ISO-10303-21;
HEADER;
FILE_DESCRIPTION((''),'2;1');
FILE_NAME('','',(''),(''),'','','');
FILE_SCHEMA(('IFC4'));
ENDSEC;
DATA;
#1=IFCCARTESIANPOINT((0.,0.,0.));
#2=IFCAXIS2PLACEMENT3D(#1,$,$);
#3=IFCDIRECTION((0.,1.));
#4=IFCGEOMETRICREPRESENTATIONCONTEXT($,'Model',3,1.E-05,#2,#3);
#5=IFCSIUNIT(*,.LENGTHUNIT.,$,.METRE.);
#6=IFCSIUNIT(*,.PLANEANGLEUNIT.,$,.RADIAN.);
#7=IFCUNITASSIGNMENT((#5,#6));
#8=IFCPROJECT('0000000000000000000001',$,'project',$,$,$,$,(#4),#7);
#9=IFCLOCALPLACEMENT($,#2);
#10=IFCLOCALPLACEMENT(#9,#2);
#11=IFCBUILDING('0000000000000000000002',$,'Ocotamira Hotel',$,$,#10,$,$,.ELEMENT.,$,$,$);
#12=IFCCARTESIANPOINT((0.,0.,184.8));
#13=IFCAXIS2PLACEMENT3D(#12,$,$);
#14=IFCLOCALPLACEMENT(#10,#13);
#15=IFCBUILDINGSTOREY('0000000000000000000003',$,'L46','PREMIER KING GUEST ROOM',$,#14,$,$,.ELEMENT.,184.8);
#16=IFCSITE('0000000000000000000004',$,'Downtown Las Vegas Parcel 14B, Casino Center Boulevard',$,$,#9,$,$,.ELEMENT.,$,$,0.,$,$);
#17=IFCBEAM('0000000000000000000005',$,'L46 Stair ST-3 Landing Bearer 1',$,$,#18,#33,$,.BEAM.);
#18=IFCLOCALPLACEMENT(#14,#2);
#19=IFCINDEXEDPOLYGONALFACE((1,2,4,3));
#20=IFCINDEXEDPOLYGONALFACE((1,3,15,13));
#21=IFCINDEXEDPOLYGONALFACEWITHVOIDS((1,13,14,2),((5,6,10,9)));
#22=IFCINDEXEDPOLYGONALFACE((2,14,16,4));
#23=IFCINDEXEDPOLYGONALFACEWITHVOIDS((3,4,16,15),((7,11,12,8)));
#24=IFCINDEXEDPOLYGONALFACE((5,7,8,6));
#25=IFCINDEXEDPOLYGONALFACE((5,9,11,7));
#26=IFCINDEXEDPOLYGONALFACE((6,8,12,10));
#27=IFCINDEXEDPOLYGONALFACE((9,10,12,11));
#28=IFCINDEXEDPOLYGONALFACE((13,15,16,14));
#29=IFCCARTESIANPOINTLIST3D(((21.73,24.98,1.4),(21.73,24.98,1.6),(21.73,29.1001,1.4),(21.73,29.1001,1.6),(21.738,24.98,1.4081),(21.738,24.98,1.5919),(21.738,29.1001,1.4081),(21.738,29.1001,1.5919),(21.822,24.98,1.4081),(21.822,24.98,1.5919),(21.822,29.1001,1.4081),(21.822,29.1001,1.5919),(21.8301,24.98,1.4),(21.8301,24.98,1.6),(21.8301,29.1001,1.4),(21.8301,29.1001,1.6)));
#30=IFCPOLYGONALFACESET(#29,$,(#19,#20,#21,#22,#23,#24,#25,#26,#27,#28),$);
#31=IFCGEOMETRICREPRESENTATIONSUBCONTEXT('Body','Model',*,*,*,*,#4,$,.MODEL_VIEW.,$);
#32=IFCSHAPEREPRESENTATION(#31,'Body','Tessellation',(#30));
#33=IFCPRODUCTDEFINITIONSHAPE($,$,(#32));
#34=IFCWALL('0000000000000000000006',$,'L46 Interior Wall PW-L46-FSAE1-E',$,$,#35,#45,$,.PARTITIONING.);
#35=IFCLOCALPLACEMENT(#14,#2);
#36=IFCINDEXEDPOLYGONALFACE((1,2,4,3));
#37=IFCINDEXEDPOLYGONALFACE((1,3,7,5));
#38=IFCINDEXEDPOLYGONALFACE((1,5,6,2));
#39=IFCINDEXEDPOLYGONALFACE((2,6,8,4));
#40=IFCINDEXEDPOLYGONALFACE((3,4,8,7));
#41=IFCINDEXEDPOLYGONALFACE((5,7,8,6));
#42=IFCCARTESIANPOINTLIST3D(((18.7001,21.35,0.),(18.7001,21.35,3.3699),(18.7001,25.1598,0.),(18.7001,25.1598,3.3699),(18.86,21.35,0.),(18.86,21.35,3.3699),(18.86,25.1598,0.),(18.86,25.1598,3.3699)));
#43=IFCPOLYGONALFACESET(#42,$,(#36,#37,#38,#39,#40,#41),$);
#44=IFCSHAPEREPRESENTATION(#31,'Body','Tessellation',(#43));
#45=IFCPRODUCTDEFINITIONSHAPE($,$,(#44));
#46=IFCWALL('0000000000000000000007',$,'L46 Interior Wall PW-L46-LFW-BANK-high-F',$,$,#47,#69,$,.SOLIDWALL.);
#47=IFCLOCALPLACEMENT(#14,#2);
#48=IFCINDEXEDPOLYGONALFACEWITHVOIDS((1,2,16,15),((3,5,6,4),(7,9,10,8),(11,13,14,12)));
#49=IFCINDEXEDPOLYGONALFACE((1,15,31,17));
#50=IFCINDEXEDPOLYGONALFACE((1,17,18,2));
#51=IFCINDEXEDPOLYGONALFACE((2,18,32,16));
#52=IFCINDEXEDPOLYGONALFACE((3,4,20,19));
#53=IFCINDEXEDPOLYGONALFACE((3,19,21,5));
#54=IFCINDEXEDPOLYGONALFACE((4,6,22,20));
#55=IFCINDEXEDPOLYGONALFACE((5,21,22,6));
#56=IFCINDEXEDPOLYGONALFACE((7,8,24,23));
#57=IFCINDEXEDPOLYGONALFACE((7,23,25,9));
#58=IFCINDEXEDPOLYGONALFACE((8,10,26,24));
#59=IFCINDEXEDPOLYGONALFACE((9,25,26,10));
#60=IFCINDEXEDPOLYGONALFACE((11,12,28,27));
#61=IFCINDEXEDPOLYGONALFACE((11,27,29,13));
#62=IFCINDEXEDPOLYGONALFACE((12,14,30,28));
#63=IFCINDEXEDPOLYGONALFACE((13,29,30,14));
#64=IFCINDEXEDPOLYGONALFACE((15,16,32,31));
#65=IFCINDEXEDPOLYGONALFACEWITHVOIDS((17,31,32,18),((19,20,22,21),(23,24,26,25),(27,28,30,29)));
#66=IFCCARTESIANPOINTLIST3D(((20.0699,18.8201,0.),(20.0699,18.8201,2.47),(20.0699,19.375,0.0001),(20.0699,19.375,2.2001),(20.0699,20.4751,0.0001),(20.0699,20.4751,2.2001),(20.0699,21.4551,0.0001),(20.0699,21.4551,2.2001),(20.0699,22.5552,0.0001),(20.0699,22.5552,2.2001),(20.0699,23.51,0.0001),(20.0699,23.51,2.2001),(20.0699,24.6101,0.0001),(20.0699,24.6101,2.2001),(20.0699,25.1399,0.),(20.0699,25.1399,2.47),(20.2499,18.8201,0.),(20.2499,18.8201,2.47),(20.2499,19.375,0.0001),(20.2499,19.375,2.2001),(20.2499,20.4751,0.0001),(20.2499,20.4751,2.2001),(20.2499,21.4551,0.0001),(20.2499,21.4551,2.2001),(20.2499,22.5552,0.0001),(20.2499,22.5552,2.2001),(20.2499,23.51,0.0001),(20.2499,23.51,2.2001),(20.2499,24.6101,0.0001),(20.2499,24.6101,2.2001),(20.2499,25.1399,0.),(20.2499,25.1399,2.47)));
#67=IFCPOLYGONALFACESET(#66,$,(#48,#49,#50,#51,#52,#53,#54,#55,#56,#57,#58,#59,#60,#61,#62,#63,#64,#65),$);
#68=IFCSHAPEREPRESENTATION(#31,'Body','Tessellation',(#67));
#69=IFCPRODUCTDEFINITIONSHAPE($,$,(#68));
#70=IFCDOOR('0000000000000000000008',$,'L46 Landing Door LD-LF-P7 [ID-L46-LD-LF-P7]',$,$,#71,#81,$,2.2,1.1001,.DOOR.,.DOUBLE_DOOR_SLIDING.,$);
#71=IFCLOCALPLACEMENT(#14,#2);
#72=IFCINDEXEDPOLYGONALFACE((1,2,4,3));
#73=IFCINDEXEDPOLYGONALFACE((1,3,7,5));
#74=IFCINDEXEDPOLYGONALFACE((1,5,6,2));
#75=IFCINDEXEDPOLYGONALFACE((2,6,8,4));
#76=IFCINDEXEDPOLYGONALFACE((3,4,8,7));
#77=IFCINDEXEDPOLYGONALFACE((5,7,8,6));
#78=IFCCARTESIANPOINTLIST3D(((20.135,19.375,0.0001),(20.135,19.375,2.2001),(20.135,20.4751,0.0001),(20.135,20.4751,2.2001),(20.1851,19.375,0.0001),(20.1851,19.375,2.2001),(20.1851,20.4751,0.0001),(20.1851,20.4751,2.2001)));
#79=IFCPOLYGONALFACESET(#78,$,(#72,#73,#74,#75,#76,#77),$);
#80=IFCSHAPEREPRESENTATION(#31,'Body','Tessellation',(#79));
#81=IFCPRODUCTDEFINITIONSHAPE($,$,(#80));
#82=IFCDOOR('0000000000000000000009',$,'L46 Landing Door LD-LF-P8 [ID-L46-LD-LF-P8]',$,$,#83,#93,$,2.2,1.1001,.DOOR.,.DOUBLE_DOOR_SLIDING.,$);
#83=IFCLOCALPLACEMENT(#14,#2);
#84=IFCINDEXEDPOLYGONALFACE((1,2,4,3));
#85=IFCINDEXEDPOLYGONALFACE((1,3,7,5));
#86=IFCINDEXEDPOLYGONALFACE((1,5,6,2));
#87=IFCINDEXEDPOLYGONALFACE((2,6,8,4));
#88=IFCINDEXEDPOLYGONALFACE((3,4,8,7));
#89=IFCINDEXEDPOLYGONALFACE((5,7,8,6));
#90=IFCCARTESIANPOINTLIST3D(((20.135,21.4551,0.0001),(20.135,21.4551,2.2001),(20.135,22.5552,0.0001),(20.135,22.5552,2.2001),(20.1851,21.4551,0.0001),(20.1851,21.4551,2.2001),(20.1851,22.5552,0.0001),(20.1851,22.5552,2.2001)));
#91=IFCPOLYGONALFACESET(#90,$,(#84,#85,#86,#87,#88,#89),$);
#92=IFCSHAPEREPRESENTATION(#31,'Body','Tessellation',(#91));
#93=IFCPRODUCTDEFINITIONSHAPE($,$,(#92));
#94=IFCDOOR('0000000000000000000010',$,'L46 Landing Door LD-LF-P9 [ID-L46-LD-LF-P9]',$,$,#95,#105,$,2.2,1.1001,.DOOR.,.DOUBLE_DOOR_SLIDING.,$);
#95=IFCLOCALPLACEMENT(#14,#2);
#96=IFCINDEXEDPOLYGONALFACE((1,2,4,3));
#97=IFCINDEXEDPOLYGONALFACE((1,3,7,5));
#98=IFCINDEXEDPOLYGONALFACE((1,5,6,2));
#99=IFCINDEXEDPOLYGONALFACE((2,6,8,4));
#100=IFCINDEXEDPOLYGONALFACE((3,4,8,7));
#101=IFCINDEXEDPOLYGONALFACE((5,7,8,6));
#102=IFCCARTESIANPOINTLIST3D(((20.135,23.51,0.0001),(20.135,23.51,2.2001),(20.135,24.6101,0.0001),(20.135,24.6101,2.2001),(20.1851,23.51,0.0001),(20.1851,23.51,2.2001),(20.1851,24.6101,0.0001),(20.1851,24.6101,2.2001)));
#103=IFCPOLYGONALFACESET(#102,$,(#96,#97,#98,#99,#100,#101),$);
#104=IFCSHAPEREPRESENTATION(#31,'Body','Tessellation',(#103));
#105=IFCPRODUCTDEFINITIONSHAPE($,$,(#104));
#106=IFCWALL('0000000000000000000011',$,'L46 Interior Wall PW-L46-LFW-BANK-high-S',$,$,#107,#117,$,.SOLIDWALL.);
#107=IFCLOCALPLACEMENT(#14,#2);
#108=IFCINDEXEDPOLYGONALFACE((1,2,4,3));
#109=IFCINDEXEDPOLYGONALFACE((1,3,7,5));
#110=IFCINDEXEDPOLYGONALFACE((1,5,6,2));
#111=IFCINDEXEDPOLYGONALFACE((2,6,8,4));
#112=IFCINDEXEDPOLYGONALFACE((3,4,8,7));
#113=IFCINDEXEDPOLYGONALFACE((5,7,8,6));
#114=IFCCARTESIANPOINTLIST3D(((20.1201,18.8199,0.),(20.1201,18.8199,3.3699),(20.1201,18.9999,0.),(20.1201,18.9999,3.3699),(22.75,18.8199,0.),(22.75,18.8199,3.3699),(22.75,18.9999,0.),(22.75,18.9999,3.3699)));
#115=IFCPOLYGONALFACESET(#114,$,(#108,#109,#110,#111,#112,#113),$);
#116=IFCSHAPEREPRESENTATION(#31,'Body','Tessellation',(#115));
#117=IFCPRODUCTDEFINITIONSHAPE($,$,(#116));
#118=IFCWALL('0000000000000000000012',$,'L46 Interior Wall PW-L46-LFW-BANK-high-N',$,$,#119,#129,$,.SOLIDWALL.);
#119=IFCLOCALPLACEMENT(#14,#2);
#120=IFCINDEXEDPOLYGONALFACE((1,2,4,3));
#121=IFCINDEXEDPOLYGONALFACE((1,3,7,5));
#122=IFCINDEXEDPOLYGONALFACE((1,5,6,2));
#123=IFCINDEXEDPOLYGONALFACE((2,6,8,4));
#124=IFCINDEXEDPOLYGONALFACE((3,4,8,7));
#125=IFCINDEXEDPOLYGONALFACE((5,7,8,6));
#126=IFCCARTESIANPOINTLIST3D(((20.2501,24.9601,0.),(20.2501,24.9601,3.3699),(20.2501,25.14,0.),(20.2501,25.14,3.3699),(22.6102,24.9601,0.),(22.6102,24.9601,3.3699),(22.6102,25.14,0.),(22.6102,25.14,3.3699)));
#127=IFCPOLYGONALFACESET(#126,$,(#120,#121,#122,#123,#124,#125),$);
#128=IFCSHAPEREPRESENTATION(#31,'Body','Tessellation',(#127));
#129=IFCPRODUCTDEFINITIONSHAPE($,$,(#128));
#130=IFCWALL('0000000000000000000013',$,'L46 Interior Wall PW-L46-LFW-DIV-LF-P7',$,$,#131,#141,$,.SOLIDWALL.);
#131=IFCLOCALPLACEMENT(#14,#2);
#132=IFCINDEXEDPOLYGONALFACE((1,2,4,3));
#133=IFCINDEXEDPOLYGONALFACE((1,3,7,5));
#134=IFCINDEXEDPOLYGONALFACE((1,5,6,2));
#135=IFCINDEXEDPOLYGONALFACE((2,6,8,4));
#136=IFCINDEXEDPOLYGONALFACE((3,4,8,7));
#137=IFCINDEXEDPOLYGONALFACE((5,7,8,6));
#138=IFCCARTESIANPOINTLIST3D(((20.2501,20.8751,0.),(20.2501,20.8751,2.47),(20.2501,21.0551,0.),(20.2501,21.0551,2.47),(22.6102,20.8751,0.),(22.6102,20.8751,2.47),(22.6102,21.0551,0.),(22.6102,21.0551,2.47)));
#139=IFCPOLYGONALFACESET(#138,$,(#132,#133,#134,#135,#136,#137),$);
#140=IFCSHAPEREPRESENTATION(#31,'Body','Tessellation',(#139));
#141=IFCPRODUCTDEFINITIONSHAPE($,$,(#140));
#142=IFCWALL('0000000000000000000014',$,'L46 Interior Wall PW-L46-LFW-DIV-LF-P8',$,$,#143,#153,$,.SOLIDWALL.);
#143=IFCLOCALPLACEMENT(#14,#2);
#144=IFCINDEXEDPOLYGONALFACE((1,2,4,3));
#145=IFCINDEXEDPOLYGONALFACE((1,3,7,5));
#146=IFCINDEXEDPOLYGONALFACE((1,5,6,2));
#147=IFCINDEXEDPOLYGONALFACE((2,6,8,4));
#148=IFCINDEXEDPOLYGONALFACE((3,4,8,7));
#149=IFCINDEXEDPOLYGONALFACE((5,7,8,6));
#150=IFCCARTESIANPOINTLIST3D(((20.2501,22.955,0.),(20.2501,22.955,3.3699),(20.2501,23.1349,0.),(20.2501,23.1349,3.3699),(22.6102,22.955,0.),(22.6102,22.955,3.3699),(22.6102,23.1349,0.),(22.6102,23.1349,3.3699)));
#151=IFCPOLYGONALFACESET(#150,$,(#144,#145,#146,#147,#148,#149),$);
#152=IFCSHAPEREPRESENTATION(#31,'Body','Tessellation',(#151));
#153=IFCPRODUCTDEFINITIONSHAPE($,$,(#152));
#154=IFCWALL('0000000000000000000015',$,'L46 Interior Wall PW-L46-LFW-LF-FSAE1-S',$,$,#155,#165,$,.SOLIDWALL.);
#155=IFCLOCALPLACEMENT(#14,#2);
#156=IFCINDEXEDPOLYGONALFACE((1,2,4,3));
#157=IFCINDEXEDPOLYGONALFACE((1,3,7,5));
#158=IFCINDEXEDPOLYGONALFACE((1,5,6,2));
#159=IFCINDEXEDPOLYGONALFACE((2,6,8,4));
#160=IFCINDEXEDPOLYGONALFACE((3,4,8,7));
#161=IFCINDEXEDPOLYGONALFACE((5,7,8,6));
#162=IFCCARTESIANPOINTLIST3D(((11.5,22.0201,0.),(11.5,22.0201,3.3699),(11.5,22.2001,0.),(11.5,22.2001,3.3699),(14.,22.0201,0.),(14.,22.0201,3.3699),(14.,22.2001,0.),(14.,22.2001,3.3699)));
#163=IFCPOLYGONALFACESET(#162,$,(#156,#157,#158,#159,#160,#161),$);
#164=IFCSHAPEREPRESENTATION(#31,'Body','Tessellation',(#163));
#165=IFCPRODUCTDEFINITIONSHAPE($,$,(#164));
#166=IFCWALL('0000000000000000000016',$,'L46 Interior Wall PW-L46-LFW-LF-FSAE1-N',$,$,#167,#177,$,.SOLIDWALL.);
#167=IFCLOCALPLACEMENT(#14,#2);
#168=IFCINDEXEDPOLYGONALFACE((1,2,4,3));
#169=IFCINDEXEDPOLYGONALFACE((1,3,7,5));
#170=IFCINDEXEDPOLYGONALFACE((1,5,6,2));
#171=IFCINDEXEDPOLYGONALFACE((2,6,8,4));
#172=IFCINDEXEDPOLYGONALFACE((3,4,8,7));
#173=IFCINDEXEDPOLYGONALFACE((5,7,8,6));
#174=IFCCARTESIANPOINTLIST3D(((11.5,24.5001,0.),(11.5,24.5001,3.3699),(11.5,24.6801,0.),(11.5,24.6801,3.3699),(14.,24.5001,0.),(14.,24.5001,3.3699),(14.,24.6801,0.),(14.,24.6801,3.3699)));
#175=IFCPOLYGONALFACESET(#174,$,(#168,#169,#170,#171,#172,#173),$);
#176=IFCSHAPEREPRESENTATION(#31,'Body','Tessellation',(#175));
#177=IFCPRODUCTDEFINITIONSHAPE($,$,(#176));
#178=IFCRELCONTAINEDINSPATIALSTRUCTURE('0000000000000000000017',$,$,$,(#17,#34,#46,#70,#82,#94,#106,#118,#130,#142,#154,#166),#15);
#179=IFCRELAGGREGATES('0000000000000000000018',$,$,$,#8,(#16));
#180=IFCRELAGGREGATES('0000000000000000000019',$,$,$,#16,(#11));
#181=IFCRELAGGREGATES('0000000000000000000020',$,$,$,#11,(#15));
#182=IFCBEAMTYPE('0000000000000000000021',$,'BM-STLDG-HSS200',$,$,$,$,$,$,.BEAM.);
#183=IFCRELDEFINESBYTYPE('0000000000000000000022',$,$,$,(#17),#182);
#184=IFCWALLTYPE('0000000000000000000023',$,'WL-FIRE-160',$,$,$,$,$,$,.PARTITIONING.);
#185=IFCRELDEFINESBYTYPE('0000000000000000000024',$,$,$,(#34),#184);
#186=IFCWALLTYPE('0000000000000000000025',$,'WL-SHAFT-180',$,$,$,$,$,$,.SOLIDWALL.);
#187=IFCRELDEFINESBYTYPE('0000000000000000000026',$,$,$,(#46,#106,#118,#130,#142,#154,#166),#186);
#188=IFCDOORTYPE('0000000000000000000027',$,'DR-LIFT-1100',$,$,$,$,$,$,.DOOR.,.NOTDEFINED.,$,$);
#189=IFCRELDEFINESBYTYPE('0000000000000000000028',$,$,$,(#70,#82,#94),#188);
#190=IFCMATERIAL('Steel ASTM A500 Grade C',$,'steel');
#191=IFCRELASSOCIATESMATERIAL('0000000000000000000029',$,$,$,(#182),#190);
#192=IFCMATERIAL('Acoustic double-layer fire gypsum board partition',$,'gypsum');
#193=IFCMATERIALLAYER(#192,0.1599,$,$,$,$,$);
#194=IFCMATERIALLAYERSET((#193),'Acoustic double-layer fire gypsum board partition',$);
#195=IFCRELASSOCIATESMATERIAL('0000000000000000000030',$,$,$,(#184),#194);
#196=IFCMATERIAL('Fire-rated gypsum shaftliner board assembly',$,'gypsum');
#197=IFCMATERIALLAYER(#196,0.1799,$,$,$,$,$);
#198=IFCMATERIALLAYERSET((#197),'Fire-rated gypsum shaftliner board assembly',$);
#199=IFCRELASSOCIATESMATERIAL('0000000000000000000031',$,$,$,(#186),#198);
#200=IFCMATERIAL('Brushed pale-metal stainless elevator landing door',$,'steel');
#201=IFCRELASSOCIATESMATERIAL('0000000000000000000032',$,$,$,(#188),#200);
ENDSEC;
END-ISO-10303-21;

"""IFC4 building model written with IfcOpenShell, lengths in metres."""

from ifc_helpers import new_model, si_unit, direction, frame, frame_2d, origin, origin_2d, place, context, subcontext, project, spatial, rectangle, hollow_rectangle, extrude, source, transform, mapped, material, layer, layer_set, material_profile, profile_set, type_object, element, fill, save


model = new_model("IFC4")

# Units and contexts
model_context = context("Model", 3, precision=1e-05, world=origin(), true_north=direction((0.0, 1.0)))
body_context = subcontext(model_context, "Body", "Model", "MODEL_VIEW")
ifc_project = project(units=[si_unit("LENGTHUNIT", "METRE"), si_unit("PLANEANGLEUNIT", "RADIAN")], contexts=[model_context])

# Site, building, storey
site_placement = place(None, origin())
site = spatial("IfcSite", under=ifc_project, at=site_placement, Name="Downtown Las Vegas Parcel 14B, Casino Center Boulevard", CompositionType="ELEMENT", RefElevation=0.0)
building_placement = place(site_placement, origin())
building = spatial("IfcBuilding", under=site, at=building_placement, Name="Ocotamira Hotel", CompositionType="ELEMENT")
storey_placement = place(building_placement, frame((0.0, 0.0, 184.8)))
storey = spatial("IfcBuildingStorey", under=building, at=storey_placement, Name="L46", Description="PREMIER KING GUEST ROOM", CompositionType="ELEMENT", Elevation=184.8)

# Beam
ifc_material_1 = material(Name="Steel ASTM A500 Grade C", Category="steel")
ifc_material_profile = material_profile(ifc_material_1, hollow_rectangle(XDim=0.1001, YDim=0.2, WallThickness=0.0081, at=origin_2d()), Name="HSS200X100X8")
ifc_profile_set = profile_set([ifc_material_profile], Name="Steel ASTM A500 Grade C")
beam_type = type_object("IfcBeamType", Name="BM-STLDG-HSS200", PredefinedType="BEAM", material=ifc_profile_set)
shared_shape_1 = source(origin(), body_context, "Body", "SweptSolid", [
    extrude(hollow_rectangle(XDim=0.1001, YDim=0.2, WallThickness=0.0081, at=origin_2d()), origin(), (0.0, 0.0, 1.0), 4.1201),
])
beam_placement = place(storey_placement, frame((21.78, 24.98, 1.5), z_axis=(0.0, 1.0, 0.0), x_axis=(-1.0, 0.0, 0.0)))
element("IfcBeam", 1, at=beam_placement, inside=storey, type_object=beam_type, Name="L46 Stair ST-3 Landing Bearer 1", PredefinedType="BEAM", context=body_context, shape_type="MappedRepresentation", body=[
    mapped(shared_shape_1, transform((0.0, 0.0, 0.0), scale=1.0)),
])

# Shared definitions
ifc_material_2 = material(Name="Acoustic double-layer fire gypsum board partition", Category="gypsum")
ifc_layer_1 = layer(ifc_material_2, 0.1599)
ifc_layer_set_1 = layer_set([ifc_layer_1], Name="Acoustic double-layer fire gypsum board partition")
wall_type_1 = type_object("IfcWallType", Name="WL-FIRE-160", PredefinedType="PARTITIONING", material=ifc_layer_set_1)

# Wall
wall_1_placement = place(storey_placement, frame((18.78, 21.3501, 0.0), z_axis=(0.0, 0.0, 1.0), x_axis=(0.0, 1.0, 0.0)))
element("IfcWall", 2, at=wall_1_placement, inside=storey, type_object=wall_type_1, Name="L46 Interior Wall PW-L46-FSAE1-E", PredefinedType="PARTITIONING", context=body_context, shape_type="SweptSolid", body=[
    extrude(rectangle(XDim=3.8098, YDim=0.1599, at=frame_2d((1.9048, 0.0))), origin(), (0.0, 0.0, 1.0), 3.3699),
])

# Wall, openings, doors
ifc_material_3 = material(Name="Fire-rated gypsum shaftliner board assembly", Category="gypsum")
ifc_layer_2 = layer(ifc_material_3, 0.1799)
ifc_layer_set_2 = layer_set([ifc_layer_2], Name="Fire-rated gypsum shaftliner board assembly")
wall_type_2 = type_object("IfcWallType", Name="WL-SHAFT-180", PredefinedType="SOLIDWALL", material=ifc_layer_set_2)
wall_2_placement = place(storey_placement, frame((20.1599, 18.8201, 0.0), z_axis=(0.0, 0.0, 1.0), x_axis=(0.0, 1.0, 0.0)))
wall_2 = element("IfcWall", 3, at=wall_2_placement, inside=storey, type_object=wall_type_2, Name="L46 Interior Wall PW-L46-LFW-BANK-high-F", PredefinedType="SOLIDWALL", context=body_context, shape_type="SweptSolid", body=[
    extrude(rectangle(XDim=6.3198, YDim=0.1799, at=frame_2d((3.1599, 0.0))), origin(), (0.0, 0.0, 1.0), 2.47),
])
opening_1_placement = place(wall_2_placement, frame((0.5549, 0.0, 0.0)))
opening_1 = element("IfcOpeningElement", 4, at=opening_1_placement, cuts=wall_2, PredefinedType="OPENING", context=body_context, shape_type="SweptSolid", body=[
    extrude(rectangle(XDim=1.1001, YDim=2.2, at=frame_2d((0.55, 1.1001))), frame((0.0, 0.1001, 0.0), z_axis=(0.0, -1.0, 0.0), x_axis=(1.0, 0.0, 0.0)), (0.0, 0.0, 1.0), 0.2),
])
opening_2_placement = place(wall_2_placement, frame((2.635, 0.0, 0.0)))
opening_2 = element("IfcOpeningElement", 5, at=opening_2_placement, cuts=wall_2, PredefinedType="OPENING", context=body_context, shape_type="SweptSolid", body=[
    extrude(rectangle(XDim=1.1001, YDim=2.2, at=frame_2d((0.55, 1.1001))), frame((0.0, 0.1001, 0.0), z_axis=(0.0, -1.0, 0.0), x_axis=(1.0, 0.0, 0.0)), (0.0, 0.0, 1.0), 0.2),
])
opening_3_placement = place(wall_2_placement, frame((4.6899, 0.0, 0.0)))
opening_3 = element("IfcOpeningElement", 6, at=opening_3_placement, cuts=wall_2, PredefinedType="OPENING", context=body_context, shape_type="SweptSolid", body=[
    extrude(rectangle(XDim=1.1001, YDim=2.2, at=frame_2d((0.55, 1.1001))), frame((0.0, 0.1001, 0.0), z_axis=(0.0, -1.0, 0.0), x_axis=(1.0, 0.0, 0.0)), (0.0, 0.0, 1.0), 0.2),
])
ifc_material_4 = material(Name="Brushed pale-metal stainless elevator landing door", Category="steel")
door_type_1 = type_object("IfcDoorType", Name="DR-LIFT-1100", OperationType="NOTDEFINED", PredefinedType="DOOR", material=ifc_material_4)
shared_shape_2 = source(origin(), body_context, "Body", "SweptSolid", [
    extrude(rectangle(XDim=1.1001, YDim=2.2, at=frame_2d((0.55, 1.1001))), frame((0.0, 0.0249, 0.0), z_axis=(0.0, -1.0, 0.0), x_axis=(1.0, 0.0, 0.0)), (0.0, 0.0, 1.0), 0.05),
])
door_1_placement = place(opening_1_placement, origin())
door_1 = element("IfcDoor", 7, at=door_1_placement, inside=storey, type_object=door_type_1, Name="L46 Landing Door LD-LF-P7 [ID-L46-LD-LF-P7]", OperationType="DOUBLE_DOOR_SLIDING", OverallHeight=2.2, OverallWidth=1.1001, PredefinedType="DOOR", context=body_context, shape_type="MappedRepresentation", body=[
    mapped(shared_shape_2, transform((0.0, 0.0, 0.0), scale=1.0)),
])
fill(opening_1, door_1)
door_2_placement = place(opening_2_placement, origin())
door_2 = element("IfcDoor", 8, at=door_2_placement, inside=storey, type_object=door_type_1, Name="L46 Landing Door LD-LF-P8 [ID-L46-LD-LF-P8]", OperationType="DOUBLE_DOOR_SLIDING", OverallHeight=2.2, OverallWidth=1.1001, PredefinedType="DOOR", context=body_context, shape_type="MappedRepresentation", body=[
    mapped(shared_shape_2, transform((0.0, 0.0, 0.0), scale=1.0)),
])
fill(opening_2, door_2)
door_3_placement = place(opening_3_placement, origin())
door_3 = element("IfcDoor", 9, at=door_3_placement, inside=storey, type_object=door_type_1, Name="L46 Landing Door LD-LF-P9 [ID-L46-LD-LF-P9]", OperationType="DOUBLE_DOOR_SLIDING", OverallHeight=2.2, OverallWidth=1.1001, PredefinedType="DOOR", context=body_context, shape_type="MappedRepresentation", body=[
    mapped(shared_shape_2, transform((0.0, 0.0, 0.0), scale=1.0)),
])
fill(opening_3, door_3)

# Walls
wall_3_placement = place(storey_placement, frame((20.1201, 18.9099, 0.0), z_axis=(0.0, 0.0, 1.0), x_axis=(1.0, 0.0, 0.0)))
element("IfcWall", 10, at=wall_3_placement, inside=storey, type_object=wall_type_2, Name="L46 Interior Wall PW-L46-LFW-BANK-high-S", PredefinedType="SOLIDWALL", context=body_context, shape_type="SweptSolid", body=[
    extrude(rectangle(XDim=2.6299, YDim=0.1799, at=frame_2d((1.3149, 0.0))), origin(), (0.0, 0.0, 1.0), 3.3699),
])
wall_4_placement = place(storey_placement, frame((20.25, 25.05, 0.0), z_axis=(0.0, 0.0, 1.0), x_axis=(1.0, 0.0, 0.0)))
element("IfcWall", 11, at=wall_4_placement, inside=storey, type_object=wall_type_2, Name="L46 Interior Wall PW-L46-LFW-BANK-high-N", PredefinedType="SOLIDWALL", context=body_context, shape_type="SweptSolid", body=[
    extrude(rectangle(XDim=2.3601, YDim=0.1799, at=frame_2d((1.1802, 0.0))), origin(), (0.0, 0.0, 1.0), 3.3699),
])
wall_5_placement = place(storey_placement, frame((20.25, 20.9651, 0.0), z_axis=(0.0, 0.0, 1.0), x_axis=(1.0, 0.0, 0.0)))
element("IfcWall", 12, at=wall_5_placement, inside=storey, type_object=wall_type_2, Name="L46 Interior Wall PW-L46-LFW-DIV-LF-P7", PredefinedType="SOLIDWALL", context=body_context, shape_type="SweptSolid", body=[
    extrude(rectangle(XDim=2.3601, YDim=0.1799, at=frame_2d((1.1802, 0.0))), origin(), (0.0, 0.0, 1.0), 2.47),
])
wall_6_placement = place(storey_placement, frame((20.25, 23.0449, 0.0), z_axis=(0.0, 0.0, 1.0), x_axis=(1.0, 0.0, 0.0)))
element("IfcWall", 13, at=wall_6_placement, inside=storey, type_object=wall_type_2, Name="L46 Interior Wall PW-L46-LFW-DIV-LF-P8", PredefinedType="SOLIDWALL", context=body_context, shape_type="SweptSolid", body=[
    extrude(rectangle(XDim=2.3601, YDim=0.1799, at=frame_2d((1.1802, 0.0))), origin(), (0.0, 0.0, 1.0), 3.3699),
])
for number, where, z_axis, x_axis, name in (
    (14, (11.5, 22.1101, 0.0), (0.0, 0.0, 1.0), (1.0, 0.0, 0.0), "L46 Interior Wall PW-L46-LFW-LF-FSAE1-S"),
    (15, (11.5, 24.5901, 0.0), (0.0, 0.0, 1.0), (1.0, 0.0, 0.0), "L46 Interior Wall PW-L46-LFW-LF-FSAE1-N"),
):
    element("IfcWall", number, at=place(storey_placement, frame(where, z_axis=z_axis, x_axis=x_axis)), inside=storey, type_object=wall_type_2, Name=name, PredefinedType="SOLIDWALL", context=body_context, shape_type="SweptSolid", body=[
        extrude(rectangle(XDim=2.5, YDim=0.1799, at=frame_2d((1.25, 0.0))), origin(), (0.0, 0.0, 1.0), 3.3699),
    ])

save(model, "model.ifc")
